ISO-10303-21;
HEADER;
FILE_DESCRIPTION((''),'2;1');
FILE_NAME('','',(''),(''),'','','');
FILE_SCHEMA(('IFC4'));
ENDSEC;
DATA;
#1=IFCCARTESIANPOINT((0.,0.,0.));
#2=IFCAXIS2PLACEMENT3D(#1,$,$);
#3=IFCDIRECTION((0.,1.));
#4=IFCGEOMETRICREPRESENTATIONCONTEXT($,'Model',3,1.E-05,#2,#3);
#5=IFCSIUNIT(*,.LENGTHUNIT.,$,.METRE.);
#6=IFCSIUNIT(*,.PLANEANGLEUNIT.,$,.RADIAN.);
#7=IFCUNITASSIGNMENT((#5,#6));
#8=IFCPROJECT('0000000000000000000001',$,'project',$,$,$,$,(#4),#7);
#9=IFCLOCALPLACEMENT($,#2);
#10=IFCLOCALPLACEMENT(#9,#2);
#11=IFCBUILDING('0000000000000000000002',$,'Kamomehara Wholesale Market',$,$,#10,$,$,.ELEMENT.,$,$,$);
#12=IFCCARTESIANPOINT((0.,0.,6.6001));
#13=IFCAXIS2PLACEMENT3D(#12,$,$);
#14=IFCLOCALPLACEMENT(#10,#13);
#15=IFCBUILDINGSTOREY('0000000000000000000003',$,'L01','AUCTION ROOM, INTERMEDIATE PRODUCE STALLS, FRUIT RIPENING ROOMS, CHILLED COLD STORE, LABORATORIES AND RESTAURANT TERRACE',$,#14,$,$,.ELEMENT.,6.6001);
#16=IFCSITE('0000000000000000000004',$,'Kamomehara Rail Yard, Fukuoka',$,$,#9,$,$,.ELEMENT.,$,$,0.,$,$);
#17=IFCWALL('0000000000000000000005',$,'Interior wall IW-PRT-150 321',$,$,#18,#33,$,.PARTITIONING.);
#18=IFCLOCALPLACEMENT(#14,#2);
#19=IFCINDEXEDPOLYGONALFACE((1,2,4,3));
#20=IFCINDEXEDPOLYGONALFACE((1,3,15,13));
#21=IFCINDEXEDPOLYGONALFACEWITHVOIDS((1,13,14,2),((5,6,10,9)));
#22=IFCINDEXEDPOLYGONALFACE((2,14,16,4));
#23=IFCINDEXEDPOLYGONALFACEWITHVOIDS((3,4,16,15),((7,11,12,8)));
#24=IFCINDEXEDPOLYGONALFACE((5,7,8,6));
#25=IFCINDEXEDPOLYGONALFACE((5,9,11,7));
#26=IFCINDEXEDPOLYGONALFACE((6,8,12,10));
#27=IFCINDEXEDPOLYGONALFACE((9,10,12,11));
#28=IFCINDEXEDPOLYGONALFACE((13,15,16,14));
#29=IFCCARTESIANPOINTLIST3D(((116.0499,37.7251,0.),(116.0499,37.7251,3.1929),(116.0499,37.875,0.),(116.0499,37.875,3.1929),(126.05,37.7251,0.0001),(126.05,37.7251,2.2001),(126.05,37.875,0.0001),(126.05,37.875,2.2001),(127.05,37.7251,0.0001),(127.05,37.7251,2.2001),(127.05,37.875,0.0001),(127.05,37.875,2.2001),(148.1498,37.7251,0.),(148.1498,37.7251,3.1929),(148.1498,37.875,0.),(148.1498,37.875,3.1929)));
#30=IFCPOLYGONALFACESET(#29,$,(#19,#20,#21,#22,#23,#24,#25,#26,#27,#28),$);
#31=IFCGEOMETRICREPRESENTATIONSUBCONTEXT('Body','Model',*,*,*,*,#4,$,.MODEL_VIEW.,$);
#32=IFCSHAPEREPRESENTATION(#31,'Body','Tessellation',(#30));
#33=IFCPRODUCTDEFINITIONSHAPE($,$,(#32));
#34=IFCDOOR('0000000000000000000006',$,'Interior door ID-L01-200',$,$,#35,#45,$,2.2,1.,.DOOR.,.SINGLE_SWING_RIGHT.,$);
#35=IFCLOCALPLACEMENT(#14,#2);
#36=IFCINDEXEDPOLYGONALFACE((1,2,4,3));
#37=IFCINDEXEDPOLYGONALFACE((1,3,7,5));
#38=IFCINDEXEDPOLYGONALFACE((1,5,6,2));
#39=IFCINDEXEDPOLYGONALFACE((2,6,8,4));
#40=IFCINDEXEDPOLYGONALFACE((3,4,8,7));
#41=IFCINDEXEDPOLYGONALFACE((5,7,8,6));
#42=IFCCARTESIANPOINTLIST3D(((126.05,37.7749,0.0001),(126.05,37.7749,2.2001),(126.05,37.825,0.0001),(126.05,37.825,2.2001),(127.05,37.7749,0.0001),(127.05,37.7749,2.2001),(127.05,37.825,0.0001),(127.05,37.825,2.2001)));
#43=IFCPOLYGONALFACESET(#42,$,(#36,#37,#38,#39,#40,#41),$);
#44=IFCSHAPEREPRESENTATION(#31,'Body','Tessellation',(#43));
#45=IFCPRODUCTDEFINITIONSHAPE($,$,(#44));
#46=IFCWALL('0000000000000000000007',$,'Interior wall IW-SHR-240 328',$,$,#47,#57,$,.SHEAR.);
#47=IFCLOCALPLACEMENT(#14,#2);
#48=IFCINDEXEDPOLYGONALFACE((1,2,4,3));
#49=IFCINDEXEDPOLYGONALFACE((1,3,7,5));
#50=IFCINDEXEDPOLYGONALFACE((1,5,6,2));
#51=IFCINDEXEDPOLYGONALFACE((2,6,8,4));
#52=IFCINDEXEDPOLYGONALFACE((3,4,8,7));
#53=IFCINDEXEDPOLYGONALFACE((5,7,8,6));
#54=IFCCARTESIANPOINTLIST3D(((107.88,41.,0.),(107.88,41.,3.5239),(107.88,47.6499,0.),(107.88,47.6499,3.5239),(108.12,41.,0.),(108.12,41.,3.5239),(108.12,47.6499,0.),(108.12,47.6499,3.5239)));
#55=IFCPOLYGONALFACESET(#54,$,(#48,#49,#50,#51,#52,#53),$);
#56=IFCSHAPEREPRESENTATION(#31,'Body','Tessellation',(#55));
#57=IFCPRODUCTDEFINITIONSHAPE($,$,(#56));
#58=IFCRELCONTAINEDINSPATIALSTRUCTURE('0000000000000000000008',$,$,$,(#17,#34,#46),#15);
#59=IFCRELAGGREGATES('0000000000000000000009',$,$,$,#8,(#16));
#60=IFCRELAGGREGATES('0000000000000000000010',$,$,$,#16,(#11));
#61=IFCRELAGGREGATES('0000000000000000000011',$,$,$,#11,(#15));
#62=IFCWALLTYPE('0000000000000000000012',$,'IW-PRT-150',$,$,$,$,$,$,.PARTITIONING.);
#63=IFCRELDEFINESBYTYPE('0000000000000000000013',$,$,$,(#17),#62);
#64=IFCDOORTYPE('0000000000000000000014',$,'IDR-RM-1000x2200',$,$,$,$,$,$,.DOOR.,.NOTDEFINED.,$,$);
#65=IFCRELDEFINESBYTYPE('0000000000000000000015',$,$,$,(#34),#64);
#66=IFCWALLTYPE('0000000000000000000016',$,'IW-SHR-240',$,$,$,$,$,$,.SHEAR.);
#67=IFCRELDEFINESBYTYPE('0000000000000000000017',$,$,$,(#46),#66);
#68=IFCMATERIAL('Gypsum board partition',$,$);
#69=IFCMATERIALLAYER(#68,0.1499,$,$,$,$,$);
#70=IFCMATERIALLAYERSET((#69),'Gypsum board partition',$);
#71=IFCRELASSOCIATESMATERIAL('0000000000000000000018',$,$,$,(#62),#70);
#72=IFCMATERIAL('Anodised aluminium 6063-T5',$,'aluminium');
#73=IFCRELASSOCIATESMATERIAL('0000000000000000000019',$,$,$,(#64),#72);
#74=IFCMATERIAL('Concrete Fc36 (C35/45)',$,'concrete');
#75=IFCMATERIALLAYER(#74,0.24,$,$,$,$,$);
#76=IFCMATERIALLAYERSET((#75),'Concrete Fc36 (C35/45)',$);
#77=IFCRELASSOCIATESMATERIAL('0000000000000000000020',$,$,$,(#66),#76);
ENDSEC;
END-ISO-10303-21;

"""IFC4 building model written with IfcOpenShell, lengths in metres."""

from ifc_helpers import new_model, si_unit, direction, frame, frame_2d, origin, place, context, subcontext, project, spatial, rectangle, extrude, material, layer, layer_set, type_object, element, fill, save


model = new_model("IFC4")

# Units and contexts
model_context = context("Model", 3, precision=1e-05, world=origin(), true_north=direction((0.0, 1.0)))
body_context = subcontext(model_context, "Body", "Model", "MODEL_VIEW")
ifc_project = project(units=[si_unit("LENGTHUNIT", "METRE"), si_unit("PLANEANGLEUNIT", "RADIAN")], contexts=[model_context])

# Site, building, storey
site_placement = place(None, origin())
site = spatial("IfcSite", under=ifc_project, at=site_placement, Name="Kamomehara Rail Yard, Fukuoka", CompositionType="ELEMENT", RefElevation=0.0)
building_placement = place(site_placement, origin())
building = spatial("IfcBuilding", under=site, at=building_placement, Name="Kamomehara Wholesale Market", CompositionType="ELEMENT")
storey_placement = place(building_placement, frame((0.0, 0.0, 6.6001)))
storey = spatial("IfcBuildingStorey", under=building, at=storey_placement, Name="L01", Description="AUCTION ROOM, INTERMEDIATE PRODUCE STALLS, FRUIT RIPENING ROOMS, CHILLED COLD STORE, LABORATORIES AND RESTAURANT TERRACE", CompositionType="ELEMENT", Elevation=6.6001)

# Wall, opening, door
ifc_material_1 = material(Name="Gypsum board partition")
ifc_layer_1 = layer(ifc_material_1, 0.1499)
ifc_layer_set_1 = layer_set([ifc_layer_1], Name="Gypsum board partition")
wall_type_1 = type_object("IfcWallType", Name="IW-PRT-150", PredefinedType="PARTITIONING", material=ifc_layer_set_1)
wall_1_placement = place(storey_placement, frame((116.05, 37.8, 0.0), z_axis=(0.0, 0.0, 1.0), x_axis=(1.0, 0.0, 0.0)))
wall_1 = element("IfcWall", 1, at=wall_1_placement, inside=storey, type_object=wall_type_1, Name="Interior wall IW-PRT-150 321", PredefinedType="PARTITIONING", context=body_context, shape_type="SweptSolid", body=[
    extrude(rectangle(XDim=32.0999, YDim=0.1499, at=frame_2d((16.0498, 0.0))), origin(), (0.0, 0.0, 1.0), 3.1929),
])
opening_1_placement = place(wall_1_placement, frame((10.0, 0.0, 0.0)))
opening_1 = element("IfcOpeningElement", 2, at=opening_1_placement, cuts=wall_1, PredefinedType="OPENING", context=body_context, shape_type="SweptSolid", body=[
    extrude(rectangle(XDim=1.0, YDim=2.2, at=frame_2d((0.5, 1.1001))), frame((0.0, 0.0898, 0.0), z_axis=(0.0, -1.0, 0.0), x_axis=(1.0, 0.0, 0.0)), (0.0, 0.0, 1.0), 0.1797),
])
ifc_material_2 = material(Name="Anodised aluminium 6063-T5", Category="aluminium")
door_type_1 = type_object("IfcDoorType", Name="IDR-RM-1000x2200", OperationType="NOTDEFINED", PredefinedType="DOOR", material=ifc_material_2)
door_1_placement = place(opening_1_placement, origin())
door_1 = element("IfcDoor", 3, at=door_1_placement, inside=storey, type_object=door_type_1, Name="Interior door ID-L01-200", OperationType="SINGLE_SWING_RIGHT", OverallHeight=2.2, OverallWidth=1.0, PredefinedType="DOOR", context=body_context, shape_type="SweptSolid", body=[
    extrude(rectangle(XDim=1.0, YDim=2.2, at=frame_2d((0.5, 1.1001))), frame((0.0, 0.0249, 0.0), z_axis=(0.0, -1.0, 0.0), x_axis=(1.0, 0.0, 0.0)), (0.0, 0.0, 1.0), 0.05),
])
fill(opening_1, door_1)

# Wall
ifc_material_3 = material(Name="Concrete Fc36 (C35/45)", Category="concrete")
ifc_layer_2 = layer(ifc_material_3, 0.24)
ifc_layer_set_2 = layer_set([ifc_layer_2], Name="Concrete Fc36 (C35/45)")
wall_type_2 = type_object("IfcWallType", Name="IW-SHR-240", PredefinedType="SHEAR", material=ifc_layer_set_2)
wall_2_placement = place(storey_placement, frame((108.0, 41.0, 0.0), z_axis=(0.0, 0.0, 1.0), x_axis=(0.0, 1.0, 0.0)))
element("IfcWall", 4, at=wall_2_placement, inside=storey, type_object=wall_type_2, Name="Interior wall IW-SHR-240 328", PredefinedType="SHEAR", context=body_context, shape_type="SweptSolid", body=[
    extrude(rectangle(XDim=6.6499, YDim=0.24, at=frame_2d((3.325, 0.0))), origin(), (0.0, 0.0, 1.0), 3.5239),
])

save(model, "model.ifc")
